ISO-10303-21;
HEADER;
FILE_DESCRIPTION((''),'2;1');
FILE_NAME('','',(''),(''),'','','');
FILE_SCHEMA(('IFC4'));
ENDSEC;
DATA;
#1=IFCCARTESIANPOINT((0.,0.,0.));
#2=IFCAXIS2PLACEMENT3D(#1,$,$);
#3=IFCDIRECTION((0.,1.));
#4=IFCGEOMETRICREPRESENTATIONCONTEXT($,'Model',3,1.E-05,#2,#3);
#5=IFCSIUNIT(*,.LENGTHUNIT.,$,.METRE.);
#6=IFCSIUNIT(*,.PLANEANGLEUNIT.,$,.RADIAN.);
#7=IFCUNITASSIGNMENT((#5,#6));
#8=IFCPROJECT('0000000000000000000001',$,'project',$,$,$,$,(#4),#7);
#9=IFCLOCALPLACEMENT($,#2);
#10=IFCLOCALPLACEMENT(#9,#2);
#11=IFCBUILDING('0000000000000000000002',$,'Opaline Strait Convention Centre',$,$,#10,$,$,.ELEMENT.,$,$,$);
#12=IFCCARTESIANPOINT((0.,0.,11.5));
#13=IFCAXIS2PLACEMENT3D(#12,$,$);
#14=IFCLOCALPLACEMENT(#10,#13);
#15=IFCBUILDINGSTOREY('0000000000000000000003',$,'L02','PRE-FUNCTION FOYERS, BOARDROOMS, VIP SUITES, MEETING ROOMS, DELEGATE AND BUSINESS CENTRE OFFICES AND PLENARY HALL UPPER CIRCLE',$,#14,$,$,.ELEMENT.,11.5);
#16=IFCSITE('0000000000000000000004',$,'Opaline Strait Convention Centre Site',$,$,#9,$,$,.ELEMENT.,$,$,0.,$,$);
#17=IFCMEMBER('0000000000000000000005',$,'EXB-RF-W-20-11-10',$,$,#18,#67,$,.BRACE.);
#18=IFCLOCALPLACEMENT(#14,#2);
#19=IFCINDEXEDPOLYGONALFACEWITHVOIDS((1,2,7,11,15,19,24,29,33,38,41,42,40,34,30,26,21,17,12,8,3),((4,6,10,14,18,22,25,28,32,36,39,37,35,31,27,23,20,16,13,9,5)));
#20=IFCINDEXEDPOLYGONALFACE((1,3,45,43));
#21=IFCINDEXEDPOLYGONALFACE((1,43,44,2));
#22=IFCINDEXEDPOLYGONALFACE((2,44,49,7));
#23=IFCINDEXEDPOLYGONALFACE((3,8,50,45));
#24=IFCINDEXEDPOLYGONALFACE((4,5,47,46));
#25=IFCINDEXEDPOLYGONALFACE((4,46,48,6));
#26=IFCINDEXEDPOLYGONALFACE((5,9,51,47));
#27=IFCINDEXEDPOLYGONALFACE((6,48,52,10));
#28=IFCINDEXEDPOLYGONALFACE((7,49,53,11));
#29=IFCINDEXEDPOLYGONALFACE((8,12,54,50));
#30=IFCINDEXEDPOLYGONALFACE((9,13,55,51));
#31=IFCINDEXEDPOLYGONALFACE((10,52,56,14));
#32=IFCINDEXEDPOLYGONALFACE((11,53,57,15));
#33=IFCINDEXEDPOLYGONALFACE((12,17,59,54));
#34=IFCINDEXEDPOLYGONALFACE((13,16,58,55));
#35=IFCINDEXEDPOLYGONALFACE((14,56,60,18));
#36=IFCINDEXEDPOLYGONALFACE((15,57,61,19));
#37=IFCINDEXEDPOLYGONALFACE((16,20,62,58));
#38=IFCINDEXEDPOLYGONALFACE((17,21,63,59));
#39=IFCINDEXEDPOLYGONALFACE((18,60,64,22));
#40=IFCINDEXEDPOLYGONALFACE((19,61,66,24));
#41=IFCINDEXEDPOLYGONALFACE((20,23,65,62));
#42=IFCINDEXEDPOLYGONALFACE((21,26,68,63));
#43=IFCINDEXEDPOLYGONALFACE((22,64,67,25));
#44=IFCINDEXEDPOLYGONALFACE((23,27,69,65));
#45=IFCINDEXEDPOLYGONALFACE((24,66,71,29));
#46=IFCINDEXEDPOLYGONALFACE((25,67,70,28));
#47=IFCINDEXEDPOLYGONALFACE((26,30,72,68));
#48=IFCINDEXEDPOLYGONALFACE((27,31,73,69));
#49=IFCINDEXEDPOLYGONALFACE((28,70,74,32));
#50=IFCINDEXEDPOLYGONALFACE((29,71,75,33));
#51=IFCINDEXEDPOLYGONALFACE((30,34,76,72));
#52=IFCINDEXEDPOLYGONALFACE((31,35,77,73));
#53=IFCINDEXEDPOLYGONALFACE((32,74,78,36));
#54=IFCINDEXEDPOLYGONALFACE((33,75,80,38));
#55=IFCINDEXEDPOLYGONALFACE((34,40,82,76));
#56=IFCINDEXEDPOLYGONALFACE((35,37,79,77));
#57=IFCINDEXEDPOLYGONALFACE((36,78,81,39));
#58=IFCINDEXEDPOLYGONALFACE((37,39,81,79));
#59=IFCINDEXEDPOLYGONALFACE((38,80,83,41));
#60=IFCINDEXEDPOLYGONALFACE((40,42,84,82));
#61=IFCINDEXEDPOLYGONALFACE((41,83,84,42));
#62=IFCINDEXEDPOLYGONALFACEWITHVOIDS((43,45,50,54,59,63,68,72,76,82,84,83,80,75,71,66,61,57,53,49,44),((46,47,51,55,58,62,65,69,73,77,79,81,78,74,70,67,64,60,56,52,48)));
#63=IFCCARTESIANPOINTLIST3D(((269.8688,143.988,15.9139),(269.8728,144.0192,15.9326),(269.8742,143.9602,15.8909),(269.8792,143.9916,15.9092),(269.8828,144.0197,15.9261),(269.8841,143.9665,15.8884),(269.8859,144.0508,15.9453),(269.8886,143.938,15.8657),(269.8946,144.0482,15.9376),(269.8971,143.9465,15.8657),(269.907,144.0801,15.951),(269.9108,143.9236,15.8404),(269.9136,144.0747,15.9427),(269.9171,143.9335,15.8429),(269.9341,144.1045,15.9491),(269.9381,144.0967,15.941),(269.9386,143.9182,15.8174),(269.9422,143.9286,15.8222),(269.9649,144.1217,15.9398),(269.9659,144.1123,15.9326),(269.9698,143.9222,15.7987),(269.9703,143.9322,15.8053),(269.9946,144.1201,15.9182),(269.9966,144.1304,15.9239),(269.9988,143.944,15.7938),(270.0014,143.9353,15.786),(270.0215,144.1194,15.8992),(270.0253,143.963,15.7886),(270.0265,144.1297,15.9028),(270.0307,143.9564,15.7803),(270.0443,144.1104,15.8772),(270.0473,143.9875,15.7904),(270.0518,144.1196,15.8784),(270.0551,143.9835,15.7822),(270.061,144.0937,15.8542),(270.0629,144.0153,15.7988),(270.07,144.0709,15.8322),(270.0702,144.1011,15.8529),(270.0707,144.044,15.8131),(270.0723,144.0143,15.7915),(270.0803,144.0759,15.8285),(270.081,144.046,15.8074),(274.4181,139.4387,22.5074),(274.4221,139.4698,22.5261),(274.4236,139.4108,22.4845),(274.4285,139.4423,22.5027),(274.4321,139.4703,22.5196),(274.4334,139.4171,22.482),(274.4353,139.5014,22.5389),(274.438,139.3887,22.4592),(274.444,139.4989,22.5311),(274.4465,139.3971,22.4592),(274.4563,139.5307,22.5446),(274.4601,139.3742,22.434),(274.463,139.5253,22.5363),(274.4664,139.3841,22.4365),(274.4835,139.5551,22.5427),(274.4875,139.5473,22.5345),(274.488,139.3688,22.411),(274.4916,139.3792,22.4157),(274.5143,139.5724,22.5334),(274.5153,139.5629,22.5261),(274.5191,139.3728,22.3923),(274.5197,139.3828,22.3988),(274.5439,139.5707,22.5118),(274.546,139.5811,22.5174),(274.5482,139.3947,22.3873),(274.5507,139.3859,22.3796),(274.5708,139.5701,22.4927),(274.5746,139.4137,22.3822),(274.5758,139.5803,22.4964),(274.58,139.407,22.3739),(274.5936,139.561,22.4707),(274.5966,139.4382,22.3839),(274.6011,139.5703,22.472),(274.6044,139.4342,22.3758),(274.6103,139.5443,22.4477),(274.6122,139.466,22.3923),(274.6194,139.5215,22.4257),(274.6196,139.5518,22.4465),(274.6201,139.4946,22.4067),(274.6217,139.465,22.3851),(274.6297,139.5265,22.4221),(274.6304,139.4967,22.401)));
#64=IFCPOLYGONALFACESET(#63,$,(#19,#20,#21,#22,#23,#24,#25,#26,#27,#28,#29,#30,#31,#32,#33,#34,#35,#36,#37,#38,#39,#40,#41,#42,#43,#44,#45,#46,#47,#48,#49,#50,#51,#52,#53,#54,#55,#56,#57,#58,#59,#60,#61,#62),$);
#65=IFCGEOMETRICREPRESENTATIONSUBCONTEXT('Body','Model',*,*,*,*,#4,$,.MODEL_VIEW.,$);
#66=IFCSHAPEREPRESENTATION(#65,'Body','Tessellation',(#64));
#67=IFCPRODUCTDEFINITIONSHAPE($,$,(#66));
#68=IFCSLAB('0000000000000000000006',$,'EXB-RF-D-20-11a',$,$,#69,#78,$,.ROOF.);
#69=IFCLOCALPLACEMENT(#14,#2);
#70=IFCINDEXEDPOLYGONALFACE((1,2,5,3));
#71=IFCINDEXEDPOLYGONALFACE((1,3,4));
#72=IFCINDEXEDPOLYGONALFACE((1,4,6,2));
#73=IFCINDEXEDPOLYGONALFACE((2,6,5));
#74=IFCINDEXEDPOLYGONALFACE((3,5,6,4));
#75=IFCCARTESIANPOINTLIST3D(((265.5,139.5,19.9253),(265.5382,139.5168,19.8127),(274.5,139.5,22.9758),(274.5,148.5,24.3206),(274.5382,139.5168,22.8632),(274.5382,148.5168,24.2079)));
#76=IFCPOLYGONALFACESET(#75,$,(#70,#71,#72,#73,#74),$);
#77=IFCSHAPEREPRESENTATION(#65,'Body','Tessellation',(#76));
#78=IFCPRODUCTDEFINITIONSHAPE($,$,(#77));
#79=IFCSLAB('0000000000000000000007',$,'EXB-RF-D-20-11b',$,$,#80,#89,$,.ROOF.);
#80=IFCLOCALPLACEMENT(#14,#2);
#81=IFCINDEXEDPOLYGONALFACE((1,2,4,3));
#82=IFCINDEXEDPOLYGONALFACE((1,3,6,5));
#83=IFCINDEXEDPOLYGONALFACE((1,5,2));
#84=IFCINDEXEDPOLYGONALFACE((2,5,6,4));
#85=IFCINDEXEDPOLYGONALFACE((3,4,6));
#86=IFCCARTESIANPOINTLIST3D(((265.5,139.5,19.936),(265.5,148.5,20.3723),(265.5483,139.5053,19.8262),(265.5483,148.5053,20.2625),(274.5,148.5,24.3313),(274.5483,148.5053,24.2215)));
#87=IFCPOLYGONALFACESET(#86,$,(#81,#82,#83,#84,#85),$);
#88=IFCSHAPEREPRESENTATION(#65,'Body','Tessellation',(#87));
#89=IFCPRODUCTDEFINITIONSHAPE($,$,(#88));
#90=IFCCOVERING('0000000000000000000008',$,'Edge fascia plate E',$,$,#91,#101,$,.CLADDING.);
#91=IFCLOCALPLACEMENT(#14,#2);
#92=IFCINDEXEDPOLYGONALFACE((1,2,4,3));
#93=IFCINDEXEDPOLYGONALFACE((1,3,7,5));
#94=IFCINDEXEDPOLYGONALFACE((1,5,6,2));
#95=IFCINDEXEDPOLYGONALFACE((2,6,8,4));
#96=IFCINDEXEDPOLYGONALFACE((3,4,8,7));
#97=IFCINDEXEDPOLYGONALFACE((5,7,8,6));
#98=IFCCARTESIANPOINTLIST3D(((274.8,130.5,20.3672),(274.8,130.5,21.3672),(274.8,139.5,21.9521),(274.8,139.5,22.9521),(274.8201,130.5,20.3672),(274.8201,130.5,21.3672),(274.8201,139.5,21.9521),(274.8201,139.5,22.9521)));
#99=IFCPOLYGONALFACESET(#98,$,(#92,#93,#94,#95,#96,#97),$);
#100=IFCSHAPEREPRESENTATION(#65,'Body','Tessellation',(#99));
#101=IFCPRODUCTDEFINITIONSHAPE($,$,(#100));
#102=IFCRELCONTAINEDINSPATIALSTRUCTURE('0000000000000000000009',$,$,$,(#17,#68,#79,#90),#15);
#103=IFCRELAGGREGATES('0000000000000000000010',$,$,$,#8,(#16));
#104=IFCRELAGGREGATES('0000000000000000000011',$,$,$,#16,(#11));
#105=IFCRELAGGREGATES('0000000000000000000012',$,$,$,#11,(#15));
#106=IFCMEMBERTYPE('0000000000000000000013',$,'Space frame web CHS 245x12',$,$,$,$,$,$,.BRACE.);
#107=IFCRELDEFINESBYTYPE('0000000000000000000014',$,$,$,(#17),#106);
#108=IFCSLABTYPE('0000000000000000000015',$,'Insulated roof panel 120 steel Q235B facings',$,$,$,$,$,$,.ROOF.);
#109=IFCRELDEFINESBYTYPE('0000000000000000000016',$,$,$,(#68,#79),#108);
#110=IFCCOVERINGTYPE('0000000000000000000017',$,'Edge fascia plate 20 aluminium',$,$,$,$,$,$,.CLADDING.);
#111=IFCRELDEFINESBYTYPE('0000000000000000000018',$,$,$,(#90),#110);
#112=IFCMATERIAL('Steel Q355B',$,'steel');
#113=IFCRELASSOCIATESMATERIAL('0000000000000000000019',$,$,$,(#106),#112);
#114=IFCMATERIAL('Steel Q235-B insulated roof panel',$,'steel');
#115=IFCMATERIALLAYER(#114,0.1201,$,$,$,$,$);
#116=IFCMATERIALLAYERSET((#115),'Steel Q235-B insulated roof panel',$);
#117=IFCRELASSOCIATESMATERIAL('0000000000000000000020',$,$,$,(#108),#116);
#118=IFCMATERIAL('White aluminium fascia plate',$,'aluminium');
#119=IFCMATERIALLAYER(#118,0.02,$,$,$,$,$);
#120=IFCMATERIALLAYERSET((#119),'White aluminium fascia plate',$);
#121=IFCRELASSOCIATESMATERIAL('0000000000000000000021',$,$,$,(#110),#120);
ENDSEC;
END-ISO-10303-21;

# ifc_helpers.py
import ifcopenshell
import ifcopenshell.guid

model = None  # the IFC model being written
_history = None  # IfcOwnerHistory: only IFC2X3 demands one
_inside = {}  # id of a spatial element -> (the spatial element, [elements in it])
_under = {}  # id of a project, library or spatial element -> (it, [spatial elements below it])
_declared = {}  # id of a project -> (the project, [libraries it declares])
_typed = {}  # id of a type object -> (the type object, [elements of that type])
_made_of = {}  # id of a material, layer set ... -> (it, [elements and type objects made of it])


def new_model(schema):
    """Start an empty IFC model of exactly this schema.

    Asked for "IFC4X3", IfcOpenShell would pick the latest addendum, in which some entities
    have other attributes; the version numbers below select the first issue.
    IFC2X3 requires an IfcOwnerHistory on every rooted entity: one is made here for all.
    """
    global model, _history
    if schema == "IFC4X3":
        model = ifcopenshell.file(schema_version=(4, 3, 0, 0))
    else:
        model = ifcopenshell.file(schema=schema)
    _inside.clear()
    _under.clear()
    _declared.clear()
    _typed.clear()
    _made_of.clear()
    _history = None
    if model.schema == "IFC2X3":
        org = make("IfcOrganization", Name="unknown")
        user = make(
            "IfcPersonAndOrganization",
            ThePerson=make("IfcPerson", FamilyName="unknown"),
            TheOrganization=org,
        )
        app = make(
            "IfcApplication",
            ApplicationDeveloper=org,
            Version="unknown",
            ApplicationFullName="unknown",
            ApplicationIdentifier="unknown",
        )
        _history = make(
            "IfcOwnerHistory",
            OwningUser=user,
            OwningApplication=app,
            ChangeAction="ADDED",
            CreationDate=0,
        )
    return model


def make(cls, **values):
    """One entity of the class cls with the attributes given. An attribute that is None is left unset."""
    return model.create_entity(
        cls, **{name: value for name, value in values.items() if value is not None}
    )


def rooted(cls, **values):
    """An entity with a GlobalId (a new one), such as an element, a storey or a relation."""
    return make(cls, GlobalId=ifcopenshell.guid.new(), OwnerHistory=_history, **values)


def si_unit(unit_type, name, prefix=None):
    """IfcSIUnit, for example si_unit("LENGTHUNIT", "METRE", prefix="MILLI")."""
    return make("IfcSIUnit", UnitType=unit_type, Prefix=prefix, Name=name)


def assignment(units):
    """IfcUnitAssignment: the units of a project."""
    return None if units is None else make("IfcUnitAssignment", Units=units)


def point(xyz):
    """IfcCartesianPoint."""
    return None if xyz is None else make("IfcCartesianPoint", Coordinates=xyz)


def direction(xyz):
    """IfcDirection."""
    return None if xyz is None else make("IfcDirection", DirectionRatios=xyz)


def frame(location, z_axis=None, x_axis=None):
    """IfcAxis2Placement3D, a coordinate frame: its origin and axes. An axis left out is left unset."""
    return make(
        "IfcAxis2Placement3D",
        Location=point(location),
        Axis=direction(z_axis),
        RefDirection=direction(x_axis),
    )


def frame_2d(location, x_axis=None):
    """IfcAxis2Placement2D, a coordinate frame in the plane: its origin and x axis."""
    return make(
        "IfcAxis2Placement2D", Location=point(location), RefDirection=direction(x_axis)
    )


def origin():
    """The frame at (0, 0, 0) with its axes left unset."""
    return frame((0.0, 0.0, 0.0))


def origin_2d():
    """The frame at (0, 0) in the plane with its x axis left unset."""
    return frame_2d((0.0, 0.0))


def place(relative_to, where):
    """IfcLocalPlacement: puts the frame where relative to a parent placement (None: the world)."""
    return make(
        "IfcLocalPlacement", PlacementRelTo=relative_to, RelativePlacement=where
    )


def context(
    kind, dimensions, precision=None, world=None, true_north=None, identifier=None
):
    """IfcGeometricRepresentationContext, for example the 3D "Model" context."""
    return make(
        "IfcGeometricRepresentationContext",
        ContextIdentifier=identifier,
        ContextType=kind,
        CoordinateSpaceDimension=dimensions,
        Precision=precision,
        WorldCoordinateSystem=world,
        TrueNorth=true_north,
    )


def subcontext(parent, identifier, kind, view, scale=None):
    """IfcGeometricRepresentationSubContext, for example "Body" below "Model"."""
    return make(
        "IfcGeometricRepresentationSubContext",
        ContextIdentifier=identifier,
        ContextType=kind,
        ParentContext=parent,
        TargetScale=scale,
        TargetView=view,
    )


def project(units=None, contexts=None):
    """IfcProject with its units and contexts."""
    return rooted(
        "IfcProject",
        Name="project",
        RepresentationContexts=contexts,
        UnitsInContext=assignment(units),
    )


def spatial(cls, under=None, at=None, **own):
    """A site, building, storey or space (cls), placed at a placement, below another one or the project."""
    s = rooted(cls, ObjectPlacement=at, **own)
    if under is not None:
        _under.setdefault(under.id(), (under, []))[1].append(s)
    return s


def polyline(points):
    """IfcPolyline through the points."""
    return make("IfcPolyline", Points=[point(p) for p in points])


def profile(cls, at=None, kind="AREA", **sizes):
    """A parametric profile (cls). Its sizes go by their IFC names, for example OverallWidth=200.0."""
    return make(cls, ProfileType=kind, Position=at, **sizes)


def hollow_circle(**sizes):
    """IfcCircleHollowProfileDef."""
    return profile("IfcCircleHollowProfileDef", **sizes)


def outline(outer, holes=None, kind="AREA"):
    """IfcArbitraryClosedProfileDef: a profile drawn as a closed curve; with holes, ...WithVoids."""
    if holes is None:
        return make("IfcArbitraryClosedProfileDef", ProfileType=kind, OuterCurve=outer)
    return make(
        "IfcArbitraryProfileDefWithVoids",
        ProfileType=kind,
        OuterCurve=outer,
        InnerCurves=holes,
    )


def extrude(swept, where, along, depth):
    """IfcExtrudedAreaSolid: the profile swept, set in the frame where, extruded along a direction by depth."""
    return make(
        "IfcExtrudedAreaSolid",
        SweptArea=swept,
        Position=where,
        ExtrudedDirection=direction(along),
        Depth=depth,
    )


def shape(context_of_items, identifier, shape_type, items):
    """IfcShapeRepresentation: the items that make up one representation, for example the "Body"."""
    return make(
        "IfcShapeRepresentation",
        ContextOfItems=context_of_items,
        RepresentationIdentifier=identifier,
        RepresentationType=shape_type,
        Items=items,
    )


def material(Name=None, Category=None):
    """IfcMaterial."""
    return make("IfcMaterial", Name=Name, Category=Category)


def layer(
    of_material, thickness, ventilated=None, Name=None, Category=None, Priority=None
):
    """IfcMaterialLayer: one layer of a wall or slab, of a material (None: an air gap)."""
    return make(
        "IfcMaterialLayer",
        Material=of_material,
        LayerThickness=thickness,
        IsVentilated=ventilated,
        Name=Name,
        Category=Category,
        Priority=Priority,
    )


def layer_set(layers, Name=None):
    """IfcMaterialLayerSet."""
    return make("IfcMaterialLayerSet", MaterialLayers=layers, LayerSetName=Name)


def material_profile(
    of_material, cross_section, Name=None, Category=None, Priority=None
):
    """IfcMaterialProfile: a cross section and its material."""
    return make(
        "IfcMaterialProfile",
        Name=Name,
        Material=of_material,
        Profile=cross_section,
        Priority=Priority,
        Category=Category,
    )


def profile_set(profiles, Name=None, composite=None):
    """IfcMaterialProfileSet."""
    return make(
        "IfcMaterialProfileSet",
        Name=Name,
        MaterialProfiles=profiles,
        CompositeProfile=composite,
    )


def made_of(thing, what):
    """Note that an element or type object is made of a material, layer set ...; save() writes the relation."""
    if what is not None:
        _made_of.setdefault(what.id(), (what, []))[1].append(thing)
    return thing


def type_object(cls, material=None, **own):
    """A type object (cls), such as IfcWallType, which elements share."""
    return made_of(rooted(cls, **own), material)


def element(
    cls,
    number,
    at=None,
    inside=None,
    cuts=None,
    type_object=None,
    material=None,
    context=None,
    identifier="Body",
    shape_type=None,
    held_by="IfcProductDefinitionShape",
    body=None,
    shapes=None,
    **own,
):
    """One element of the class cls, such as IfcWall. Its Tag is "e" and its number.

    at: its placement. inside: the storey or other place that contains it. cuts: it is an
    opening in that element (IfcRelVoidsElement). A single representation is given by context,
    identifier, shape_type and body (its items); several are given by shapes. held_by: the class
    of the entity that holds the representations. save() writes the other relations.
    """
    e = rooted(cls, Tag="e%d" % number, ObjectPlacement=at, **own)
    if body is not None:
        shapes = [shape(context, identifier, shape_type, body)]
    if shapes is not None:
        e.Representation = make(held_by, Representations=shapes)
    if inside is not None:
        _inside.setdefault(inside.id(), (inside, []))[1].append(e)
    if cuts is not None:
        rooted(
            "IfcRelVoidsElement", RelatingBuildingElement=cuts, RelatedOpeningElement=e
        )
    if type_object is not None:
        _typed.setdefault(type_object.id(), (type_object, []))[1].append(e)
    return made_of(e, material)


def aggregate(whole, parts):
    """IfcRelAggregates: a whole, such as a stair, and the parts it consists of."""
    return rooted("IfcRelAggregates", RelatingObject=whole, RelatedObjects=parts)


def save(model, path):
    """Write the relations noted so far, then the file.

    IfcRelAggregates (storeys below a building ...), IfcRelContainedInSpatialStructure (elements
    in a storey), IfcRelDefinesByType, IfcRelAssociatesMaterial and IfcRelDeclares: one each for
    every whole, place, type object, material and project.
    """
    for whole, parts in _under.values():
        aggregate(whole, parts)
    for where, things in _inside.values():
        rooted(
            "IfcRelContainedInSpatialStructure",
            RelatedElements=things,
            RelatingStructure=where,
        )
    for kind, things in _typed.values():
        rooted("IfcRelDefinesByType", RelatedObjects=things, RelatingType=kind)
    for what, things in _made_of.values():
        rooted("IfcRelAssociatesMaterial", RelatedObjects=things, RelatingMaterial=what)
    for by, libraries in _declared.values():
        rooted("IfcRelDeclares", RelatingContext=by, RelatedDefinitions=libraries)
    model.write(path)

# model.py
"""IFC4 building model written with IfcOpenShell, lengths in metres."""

from ifc_helpers import new_model, si_unit, direction, frame, origin, origin_2d, place, context, subcontext, project, spatial, polyline, hollow_circle, outline, extrude, material, layer, layer_set, material_profile, profile_set, type_object, element, save


model = new_model("IFC4")

# Units and contexts
model_context = context("Model", 3, precision=1e-05, world=origin(), true_north=direction((0.0, 1.0)))
body_context = subcontext(model_context, "Body", "Model", "MODEL_VIEW")
ifc_project = project(units=[si_unit("LENGTHUNIT", "METRE"), si_unit("PLANEANGLEUNIT", "RADIAN")], contexts=[model_context])

# Site, building, storey
site_placement = place(None, origin())
site = spatial("IfcSite", under=ifc_project, at=site_placement, Name="Opaline Strait Convention Centre Site", CompositionType="ELEMENT", RefElevation=0.0)
building_placement = place(site_placement, origin())
building = spatial("IfcBuilding", under=site, at=building_placement, Name="Opaline Strait Convention Centre", CompositionType="ELEMENT")
storey_placement = place(building_placement, frame((0.0, 0.0, 11.5)))
storey = spatial("IfcBuildingStorey", under=building, at=storey_placement, Name="L02", Description="PRE-FUNCTION FOYERS, BOARDROOMS, VIP SUITES, MEETING ROOMS, DELEGATE AND BUSINESS CENTRE OFFICES AND PLENARY HALL UPPER CIRCLE", CompositionType="ELEMENT", Elevation=11.5)

# Member
ifc_material_1 = material(Name="Steel Q355B", Category="steel")
ifc_material_profile_1 = material_profile(ifc_material_1, hollow_circle(Radius=0.1226, WallThickness=0.012, at=origin_2d()), Name="CHS 245x12")
ifc_profile_set_1 = profile_set([ifc_material_profile_1], Name="Steel Q355B")
member_type_1 = type_object("IfcMemberType", Name="Space frame web CHS 245x12", PredefinedType="BRACE", material=ifc_profile_set_1)
member_1_placement = place(storey_placement, frame((274.5247, 139.4753, 22.4592), z_axis=(-0.493829, 0.493829, -0.715727), x_axis=(-0.707107, -0.707107, 0.0)))
element("IfcMember", 1, at=member_1_placement, inside=storey, type_object=member_type_1, Name="EXB-RF-W-20-11-10", PredefinedType="BRACE", context=body_context, shape_type="SweptSolid", body=[
    extrude(hollow_circle(Radius=0.1226, WallThickness=0.012, at=origin_2d()), origin(), (0.0, 0.0, 1.0), 9.2124),
])

# Slabs
ifc_material_2 = material(Name="Steel Q235-B insulated roof panel", Category="steel")
ifc_layer_1 = layer(ifc_material_2, 0.1201)
ifc_layer_set_1 = layer_set([ifc_layer_1], Name="Steel Q235-B insulated roof panel")
slab_type = type_object("IfcSlabType", Name="Insulated roof panel 120 steel Q235B facings", PredefinedType="ROOF", material=ifc_layer_set_1)
slab_1_placement = place(storey_placement, frame((265.5, 139.5, 19.9253), z_axis=(-0.317844, -0.140111, 0.937734), x_axis=(0.947076, 0.0, 0.32101)))
element("IfcSlab", 2, at=slab_1_placement, inside=storey, type_object=slab_type, Name="EXB-RF-D-20-11a", PredefinedType="ROOF", context=body_context, shape_type="SweptSolid", body=[
    extrude(outline(polyline([(0.0, 0.0), (9.5029, 0.0), (9.9346, 9.0897), (0.0, 0.0)])), origin(), (0.0, 0.0, -1.0), 0.1201),
])
slab_2_placement = place(storey_placement, frame((265.5, 139.5, 19.936), z_axis=(-0.402256, -0.044329, 0.914453), x_axis=(0.668377, 0.668377, 0.32641)))
element("IfcSlab", 3, at=slab_2_placement, inside=storey, type_object=slab_type, Name="EXB-RF-D-20-11b", PredefinedType="ROOF", context=body_context, shape_type="SweptSolid", body=[
    extrude(outline(polyline([(0.0, 0.0), (13.4654, 0.0), (6.1578, 6.5781), (0.0, 0.0)])), origin(), (0.0, 0.0, -1.0), 0.1201),
])

# Covering
ifc_material_3 = material(Name="White aluminium fascia plate", Category="aluminium")
ifc_layer_2 = layer(ifc_material_3, 0.02)
ifc_layer_set_2 = layer_set([ifc_layer_2], Name="White aluminium fascia plate")
covering_type = type_object("IfcCoveringType", Name="Edge fascia plate 20 aluminium", PredefinedType="CLADDING", material=ifc_layer_set_2)
covering_placement = place(storey_placement, frame((274.8, 135.0, 21.6597), z_axis=(1.0, 0.0, 0.0), x_axis=(0.0, 1.0, 0.0)))
element("IfcCovering", 4, at=covering_placement, inside=storey, type_object=covering_type, Name="Edge fascia plate E", PredefinedType="CLADDING", context=body_context, shape_type="SweptSolid", body=[
    extrude(outline(polyline([(-4.5, -0.2925), (4.5, 1.2925), (4.5, 0.2925), (-4.5, -1.2925), (-4.5, -0.2925)])), origin(), (0.0, 0.0, 1.0), 0.02),
])

save(model, "model.ifc")
